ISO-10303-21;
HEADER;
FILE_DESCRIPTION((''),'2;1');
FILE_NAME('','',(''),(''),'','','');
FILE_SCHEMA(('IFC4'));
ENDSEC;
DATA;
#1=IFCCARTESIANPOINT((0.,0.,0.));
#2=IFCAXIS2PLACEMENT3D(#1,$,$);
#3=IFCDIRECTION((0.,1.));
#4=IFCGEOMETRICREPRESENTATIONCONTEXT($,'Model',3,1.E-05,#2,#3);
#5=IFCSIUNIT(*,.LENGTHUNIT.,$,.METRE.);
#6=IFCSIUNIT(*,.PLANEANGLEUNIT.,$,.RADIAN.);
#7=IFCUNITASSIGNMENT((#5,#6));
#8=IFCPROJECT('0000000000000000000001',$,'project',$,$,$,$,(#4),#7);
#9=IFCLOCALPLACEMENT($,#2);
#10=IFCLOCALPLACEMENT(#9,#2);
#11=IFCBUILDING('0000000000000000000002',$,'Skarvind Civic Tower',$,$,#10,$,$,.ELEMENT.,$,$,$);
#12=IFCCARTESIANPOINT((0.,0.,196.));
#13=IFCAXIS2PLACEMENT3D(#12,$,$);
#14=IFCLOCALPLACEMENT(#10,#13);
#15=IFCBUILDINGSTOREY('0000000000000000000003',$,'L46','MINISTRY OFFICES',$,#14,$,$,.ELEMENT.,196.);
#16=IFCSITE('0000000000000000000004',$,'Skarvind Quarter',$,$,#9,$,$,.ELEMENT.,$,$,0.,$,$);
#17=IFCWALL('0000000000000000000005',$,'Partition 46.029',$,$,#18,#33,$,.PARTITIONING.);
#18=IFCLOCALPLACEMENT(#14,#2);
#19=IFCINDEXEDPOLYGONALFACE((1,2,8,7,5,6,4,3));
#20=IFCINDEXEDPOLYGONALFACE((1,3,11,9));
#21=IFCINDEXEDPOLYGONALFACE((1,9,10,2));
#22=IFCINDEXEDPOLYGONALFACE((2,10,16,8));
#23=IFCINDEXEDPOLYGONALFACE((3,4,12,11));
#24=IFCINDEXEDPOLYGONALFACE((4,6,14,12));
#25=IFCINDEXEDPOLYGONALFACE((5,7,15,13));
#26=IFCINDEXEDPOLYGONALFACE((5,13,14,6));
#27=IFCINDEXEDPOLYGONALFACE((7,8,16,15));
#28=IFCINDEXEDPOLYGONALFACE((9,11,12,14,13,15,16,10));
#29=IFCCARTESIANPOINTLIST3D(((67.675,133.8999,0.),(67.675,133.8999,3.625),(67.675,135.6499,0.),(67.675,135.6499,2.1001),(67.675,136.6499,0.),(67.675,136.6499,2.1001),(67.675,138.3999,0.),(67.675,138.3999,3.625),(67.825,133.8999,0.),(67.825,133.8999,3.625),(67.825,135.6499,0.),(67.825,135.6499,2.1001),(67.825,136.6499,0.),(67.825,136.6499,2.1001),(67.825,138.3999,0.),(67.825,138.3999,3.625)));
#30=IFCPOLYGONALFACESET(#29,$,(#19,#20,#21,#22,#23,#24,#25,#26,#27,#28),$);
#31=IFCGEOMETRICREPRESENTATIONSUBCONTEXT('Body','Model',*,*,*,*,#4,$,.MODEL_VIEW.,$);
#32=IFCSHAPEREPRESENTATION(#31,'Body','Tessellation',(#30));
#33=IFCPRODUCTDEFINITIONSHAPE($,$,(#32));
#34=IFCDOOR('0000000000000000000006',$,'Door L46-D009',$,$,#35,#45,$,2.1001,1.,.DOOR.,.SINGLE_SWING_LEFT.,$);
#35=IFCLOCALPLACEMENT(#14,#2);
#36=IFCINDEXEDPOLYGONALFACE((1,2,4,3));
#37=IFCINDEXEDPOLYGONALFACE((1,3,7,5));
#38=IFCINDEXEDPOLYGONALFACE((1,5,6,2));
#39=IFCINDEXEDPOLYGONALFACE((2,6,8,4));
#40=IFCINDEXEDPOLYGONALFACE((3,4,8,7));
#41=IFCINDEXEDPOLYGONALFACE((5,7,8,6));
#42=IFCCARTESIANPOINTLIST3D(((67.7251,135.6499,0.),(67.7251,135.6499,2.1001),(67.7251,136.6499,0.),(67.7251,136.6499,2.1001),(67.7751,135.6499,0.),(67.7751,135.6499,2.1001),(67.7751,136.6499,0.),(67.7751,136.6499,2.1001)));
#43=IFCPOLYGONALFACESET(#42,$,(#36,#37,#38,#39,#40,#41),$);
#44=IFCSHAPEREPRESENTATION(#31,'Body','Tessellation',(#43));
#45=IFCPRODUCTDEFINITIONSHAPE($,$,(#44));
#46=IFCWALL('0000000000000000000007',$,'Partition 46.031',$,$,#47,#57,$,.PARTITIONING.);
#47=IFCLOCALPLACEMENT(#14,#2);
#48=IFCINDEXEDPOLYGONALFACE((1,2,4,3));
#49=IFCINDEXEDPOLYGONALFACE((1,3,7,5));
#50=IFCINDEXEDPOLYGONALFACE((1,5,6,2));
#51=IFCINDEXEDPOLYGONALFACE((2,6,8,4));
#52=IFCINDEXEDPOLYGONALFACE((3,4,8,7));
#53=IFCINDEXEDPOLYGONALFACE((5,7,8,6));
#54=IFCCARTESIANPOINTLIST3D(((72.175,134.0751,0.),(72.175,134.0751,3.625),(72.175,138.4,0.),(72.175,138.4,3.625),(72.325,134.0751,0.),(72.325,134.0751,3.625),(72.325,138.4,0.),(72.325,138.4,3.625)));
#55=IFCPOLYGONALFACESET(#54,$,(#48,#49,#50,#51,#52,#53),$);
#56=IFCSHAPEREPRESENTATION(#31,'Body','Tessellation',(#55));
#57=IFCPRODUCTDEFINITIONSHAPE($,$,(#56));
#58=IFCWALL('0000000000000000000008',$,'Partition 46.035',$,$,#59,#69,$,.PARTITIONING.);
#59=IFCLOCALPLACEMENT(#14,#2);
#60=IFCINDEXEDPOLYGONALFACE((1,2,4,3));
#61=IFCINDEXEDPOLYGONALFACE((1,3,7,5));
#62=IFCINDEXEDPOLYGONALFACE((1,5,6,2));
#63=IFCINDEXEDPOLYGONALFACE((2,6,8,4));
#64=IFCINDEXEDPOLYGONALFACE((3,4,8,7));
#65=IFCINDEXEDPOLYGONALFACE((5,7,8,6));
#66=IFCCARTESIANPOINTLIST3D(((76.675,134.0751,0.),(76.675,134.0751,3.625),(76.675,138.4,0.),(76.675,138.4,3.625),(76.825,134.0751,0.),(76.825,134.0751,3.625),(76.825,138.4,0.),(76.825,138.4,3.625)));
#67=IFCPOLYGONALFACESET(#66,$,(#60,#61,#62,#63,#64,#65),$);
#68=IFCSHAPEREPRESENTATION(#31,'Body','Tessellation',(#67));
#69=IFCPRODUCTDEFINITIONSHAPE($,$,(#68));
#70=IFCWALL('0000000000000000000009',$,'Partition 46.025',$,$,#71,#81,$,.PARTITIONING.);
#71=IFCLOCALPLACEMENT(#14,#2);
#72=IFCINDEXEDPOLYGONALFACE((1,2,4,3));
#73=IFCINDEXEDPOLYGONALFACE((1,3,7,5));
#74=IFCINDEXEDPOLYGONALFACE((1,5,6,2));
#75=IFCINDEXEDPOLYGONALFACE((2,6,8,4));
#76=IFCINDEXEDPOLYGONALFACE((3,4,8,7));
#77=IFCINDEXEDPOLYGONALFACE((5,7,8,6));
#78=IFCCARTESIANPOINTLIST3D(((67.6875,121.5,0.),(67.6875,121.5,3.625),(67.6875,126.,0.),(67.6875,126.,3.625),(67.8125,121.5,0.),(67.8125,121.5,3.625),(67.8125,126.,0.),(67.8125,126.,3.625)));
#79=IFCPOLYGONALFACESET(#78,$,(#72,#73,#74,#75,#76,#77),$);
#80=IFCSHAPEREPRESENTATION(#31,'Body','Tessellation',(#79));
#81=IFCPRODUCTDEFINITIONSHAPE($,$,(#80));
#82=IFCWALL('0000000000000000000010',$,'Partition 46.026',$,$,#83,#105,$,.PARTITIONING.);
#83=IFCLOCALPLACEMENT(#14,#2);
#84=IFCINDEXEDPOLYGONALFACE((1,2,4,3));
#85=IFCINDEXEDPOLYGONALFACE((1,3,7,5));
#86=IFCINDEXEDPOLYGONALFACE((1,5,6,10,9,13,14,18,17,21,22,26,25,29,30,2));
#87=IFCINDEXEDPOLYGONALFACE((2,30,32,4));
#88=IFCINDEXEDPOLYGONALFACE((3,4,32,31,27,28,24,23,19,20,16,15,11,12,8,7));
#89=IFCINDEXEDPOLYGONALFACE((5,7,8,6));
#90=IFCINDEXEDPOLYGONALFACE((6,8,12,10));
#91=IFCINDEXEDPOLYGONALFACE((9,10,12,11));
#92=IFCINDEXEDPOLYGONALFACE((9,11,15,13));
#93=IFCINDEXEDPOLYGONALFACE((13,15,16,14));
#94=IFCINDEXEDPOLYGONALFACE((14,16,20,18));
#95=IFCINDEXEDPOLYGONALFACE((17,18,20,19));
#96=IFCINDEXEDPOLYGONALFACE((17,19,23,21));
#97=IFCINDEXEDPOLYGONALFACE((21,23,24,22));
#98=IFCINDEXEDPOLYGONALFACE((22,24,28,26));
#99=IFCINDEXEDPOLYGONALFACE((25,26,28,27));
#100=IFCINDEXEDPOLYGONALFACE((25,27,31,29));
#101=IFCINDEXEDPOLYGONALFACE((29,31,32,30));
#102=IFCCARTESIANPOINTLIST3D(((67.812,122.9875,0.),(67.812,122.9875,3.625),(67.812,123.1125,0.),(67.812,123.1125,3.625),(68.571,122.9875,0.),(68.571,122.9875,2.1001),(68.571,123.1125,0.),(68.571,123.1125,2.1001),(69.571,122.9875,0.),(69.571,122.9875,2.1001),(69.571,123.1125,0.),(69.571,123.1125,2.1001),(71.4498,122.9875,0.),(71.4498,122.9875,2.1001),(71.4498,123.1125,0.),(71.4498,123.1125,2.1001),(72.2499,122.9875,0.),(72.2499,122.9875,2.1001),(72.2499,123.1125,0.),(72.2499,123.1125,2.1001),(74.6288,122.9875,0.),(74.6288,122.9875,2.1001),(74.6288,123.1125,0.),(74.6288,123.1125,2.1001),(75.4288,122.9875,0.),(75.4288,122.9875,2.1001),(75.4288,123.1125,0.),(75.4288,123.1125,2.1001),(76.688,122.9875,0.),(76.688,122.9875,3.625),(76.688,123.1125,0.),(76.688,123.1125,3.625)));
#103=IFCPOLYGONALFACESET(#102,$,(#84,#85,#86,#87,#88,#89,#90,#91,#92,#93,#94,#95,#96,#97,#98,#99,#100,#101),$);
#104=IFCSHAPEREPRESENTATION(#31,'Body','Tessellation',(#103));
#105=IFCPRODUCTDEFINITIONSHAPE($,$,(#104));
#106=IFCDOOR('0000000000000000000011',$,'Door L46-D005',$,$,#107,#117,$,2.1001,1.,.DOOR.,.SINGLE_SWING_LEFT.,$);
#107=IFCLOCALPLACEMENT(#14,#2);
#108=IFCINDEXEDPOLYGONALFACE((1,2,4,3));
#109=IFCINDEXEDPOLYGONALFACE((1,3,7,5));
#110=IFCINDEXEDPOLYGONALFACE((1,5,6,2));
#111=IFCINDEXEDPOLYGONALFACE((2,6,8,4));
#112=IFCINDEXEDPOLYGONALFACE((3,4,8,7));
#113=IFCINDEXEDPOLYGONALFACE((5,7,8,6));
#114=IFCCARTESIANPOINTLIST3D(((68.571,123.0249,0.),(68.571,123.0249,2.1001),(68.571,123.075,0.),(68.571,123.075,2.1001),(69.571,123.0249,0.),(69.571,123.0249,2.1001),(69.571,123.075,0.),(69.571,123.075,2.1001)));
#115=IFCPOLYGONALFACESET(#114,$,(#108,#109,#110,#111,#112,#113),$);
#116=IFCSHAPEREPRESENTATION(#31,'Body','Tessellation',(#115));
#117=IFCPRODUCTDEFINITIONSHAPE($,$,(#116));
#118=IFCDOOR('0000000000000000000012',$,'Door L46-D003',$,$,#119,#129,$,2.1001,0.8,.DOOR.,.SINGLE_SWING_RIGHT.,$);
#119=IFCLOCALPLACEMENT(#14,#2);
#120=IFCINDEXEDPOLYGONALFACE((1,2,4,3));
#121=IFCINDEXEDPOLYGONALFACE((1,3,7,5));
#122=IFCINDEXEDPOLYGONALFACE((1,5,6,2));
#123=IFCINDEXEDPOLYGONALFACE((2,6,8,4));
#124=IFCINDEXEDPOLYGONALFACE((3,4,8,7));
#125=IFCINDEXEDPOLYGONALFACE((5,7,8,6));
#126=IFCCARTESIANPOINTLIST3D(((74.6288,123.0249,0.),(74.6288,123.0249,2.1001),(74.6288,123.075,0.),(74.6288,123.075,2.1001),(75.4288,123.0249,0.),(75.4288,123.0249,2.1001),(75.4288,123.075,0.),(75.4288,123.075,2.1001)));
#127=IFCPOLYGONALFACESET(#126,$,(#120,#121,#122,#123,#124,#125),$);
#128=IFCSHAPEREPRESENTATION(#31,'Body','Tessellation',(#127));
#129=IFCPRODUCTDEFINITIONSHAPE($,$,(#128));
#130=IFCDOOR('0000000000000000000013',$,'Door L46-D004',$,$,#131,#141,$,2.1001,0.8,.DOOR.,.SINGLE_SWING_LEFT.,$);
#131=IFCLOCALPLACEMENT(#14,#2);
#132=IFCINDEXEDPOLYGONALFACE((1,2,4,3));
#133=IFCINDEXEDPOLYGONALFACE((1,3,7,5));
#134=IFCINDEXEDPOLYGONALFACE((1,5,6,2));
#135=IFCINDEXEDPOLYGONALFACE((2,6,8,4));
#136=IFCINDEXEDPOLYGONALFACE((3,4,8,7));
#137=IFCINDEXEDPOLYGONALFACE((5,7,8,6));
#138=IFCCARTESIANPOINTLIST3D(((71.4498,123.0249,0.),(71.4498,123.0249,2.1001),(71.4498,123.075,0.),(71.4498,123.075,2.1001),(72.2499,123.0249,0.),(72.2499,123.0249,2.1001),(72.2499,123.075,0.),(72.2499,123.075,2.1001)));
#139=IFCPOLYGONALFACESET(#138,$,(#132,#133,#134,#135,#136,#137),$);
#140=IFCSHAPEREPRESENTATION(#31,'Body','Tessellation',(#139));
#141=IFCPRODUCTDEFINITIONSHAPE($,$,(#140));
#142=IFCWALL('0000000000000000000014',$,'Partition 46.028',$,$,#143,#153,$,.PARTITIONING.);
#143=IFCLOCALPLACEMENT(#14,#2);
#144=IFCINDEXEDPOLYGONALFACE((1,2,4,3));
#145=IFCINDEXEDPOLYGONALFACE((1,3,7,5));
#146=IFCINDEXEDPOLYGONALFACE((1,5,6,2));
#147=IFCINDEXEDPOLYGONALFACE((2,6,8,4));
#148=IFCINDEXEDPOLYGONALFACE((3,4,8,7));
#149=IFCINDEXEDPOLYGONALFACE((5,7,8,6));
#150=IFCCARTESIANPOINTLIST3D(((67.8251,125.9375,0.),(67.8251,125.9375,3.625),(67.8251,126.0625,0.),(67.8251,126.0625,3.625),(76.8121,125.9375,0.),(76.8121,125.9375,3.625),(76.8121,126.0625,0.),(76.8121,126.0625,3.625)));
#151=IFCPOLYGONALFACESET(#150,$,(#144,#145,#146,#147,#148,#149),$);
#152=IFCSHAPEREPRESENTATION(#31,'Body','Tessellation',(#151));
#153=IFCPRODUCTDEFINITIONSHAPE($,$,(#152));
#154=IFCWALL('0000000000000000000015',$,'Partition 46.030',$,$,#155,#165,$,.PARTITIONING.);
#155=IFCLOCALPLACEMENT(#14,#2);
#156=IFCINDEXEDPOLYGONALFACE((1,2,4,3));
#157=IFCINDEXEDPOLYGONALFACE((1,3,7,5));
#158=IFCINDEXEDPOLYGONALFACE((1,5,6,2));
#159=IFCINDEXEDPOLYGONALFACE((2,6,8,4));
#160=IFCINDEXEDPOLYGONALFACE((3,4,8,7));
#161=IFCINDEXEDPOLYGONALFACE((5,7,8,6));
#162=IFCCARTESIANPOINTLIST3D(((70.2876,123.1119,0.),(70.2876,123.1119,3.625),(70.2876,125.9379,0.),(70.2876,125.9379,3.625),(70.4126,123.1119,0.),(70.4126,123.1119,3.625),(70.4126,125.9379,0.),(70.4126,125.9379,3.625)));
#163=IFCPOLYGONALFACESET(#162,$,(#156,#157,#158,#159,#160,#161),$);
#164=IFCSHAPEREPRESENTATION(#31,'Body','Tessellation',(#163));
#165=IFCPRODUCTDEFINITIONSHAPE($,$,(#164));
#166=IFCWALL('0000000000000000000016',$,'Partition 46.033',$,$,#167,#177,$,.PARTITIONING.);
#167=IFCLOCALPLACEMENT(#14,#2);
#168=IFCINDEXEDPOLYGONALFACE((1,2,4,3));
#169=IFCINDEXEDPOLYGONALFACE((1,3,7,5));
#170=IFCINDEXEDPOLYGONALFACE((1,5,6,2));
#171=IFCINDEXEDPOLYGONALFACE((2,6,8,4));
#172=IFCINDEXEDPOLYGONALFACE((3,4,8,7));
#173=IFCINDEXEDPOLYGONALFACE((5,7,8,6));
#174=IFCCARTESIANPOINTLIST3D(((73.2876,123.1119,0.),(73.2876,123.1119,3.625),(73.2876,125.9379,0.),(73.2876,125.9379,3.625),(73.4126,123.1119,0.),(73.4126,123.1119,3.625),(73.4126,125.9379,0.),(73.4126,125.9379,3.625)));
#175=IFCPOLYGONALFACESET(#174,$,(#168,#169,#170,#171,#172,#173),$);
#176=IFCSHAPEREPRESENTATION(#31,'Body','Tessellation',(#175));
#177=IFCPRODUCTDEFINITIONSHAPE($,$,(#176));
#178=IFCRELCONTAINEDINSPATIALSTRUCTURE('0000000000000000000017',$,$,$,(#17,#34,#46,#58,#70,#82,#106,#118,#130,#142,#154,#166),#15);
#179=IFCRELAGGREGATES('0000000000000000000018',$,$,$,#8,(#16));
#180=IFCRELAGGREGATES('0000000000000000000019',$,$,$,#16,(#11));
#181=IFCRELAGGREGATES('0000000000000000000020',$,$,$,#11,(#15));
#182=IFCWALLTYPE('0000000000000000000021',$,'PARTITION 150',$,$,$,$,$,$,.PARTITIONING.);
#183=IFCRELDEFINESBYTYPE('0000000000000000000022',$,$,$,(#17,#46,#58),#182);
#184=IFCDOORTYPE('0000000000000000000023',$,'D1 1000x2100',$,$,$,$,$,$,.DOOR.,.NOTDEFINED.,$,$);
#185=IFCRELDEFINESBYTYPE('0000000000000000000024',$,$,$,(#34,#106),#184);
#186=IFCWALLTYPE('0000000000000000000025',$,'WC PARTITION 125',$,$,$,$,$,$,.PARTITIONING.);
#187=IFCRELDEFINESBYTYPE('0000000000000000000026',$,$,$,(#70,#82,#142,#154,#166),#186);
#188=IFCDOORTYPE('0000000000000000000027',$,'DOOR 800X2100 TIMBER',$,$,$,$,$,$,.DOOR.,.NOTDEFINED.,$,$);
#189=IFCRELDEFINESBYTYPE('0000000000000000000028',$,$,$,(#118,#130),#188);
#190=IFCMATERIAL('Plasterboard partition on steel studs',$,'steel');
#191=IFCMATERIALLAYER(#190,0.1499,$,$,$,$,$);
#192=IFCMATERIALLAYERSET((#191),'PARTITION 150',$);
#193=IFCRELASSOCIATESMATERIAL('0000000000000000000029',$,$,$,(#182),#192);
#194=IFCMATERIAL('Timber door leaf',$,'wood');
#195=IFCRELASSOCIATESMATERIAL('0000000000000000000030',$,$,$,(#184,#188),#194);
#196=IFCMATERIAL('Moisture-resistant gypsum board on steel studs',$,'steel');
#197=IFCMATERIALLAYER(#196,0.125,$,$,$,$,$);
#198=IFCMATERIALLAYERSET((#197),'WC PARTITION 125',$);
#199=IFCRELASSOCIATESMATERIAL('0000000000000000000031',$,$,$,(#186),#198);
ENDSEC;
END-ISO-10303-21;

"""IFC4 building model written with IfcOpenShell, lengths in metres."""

from ifc_helpers import new_model, si_unit, direction, frame, frame_2d, origin, place, context, subcontext, project, spatial, rectangle, extrude, material, layer, layer_set, type_object, element, fill, save


model = new_model("IFC4")

# Units and contexts
model_context = context("Model", 3, precision=1e-05, world=origin(), true_north=direction((0.0, 1.0)))
body_context = subcontext(model_context, "Body", "Model", "MODEL_VIEW")
ifc_project = project(units=[si_unit("LENGTHUNIT", "METRE"), si_unit("PLANEANGLEUNIT", "RADIAN")], contexts=[model_context])

# Site, building, storey
site_placement = place(None, origin())
site = spatial("IfcSite", under=ifc_project, at=site_placement, Name="Skarvind Quarter", CompositionType="ELEMENT", RefElevation=0.0)
building_placement = place(site_placement, origin())
building = spatial("IfcBuilding", under=site, at=building_placement, Name="Skarvind Civic Tower", CompositionType="ELEMENT")
storey_placement = place(building_placement, frame((0.0, 0.0, 196.0)))
storey = spatial("IfcBuildingStorey", under=building, at=storey_placement, Name="L46", Description="MINISTRY OFFICES", CompositionType="ELEMENT", Elevation=196.0)

# Shared definitions
ifc_material_1 = material(Name="Plasterboard partition on steel studs", Category="steel")
ifc_layer_1 = layer(ifc_material_1, 0.1499)
ifc_layer_set_1 = layer_set([ifc_layer_1], Name="PARTITION 150")
wall_type_1 = type_object("IfcWallType", Name="PARTITION 150", PredefinedType="PARTITIONING", material=ifc_layer_set_1)

# Wall, opening, door
wall_1_placement = place(storey_placement, frame((67.75, 133.8999, 0.0), z_axis=(0.0, 0.0, 1.0), x_axis=(0.0, 1.0, 0.0)))
wall_1 = element("IfcWall", 1, at=wall_1_placement, inside=storey, type_object=wall_type_1, Name="Partition 46.029", PredefinedType="PARTITIONING", context=body_context, shape_type="SweptSolid", body=[
    extrude(rectangle(XDim=4.5, YDim=0.1499, at=frame_2d((2.25, 0.0))), origin(), (0.0, 0.0, 1.0), 3.625),
])
opening_1_placement = place(wall_1_placement, frame((1.75, 0.0, 0.0)))
opening_1 = element("IfcOpeningElement", 2, at=opening_1_placement, cuts=wall_1, PredefinedType="OPENING", context=body_context, shape_type="SweptSolid", body=[
    extrude(rectangle(XDim=1.0, YDim=2.1001, at=frame_2d((0.5, 1.05))), frame((0.0, 0.085, 0.0), z_axis=(0.0, -1.0, 0.0), x_axis=(1.0, 0.0, 0.0)), (0.0, 0.0, 1.0), 0.1699),
])
ifc_material_2 = material(Name="Timber door leaf", Category="wood")
door_type_1 = type_object("IfcDoorType", Name="D1 1000x2100", OperationType="NOTDEFINED", PredefinedType="DOOR", material=ifc_material_2)
door_1_placement = place(opening_1_placement, origin())
door_1 = element("IfcDoor", 3, at=door_1_placement, inside=storey, type_object=door_type_1, Name="Door L46-D009", OperationType="SINGLE_SWING_LEFT", OverallHeight=2.1001, OverallWidth=1.0, PredefinedType="DOOR", context=body_context, shape_type="SweptSolid", body=[
    extrude(rectangle(XDim=1.0, YDim=2.1001, at=frame_2d((0.5, 1.05))), frame((0.0, 0.0249, 0.0), z_axis=(0.0, -1.0, 0.0), x_axis=(1.0, 0.0, 0.0)), (0.0, 0.0, 1.0), 0.05),
])
fill(opening_1, door_1)

# Walls
for number, where, z_axis, x_axis, name in (
    (4, (72.25, 134.075, 0.0), (0.0, 0.0, 1.0), (0.0, 1.0, 0.0), "Partition 46.031"),
    (5, (76.75, 134.075, 0.0), (0.0, 0.0, 1.0), (0.0, 1.0, 0.0), "Partition 46.035"),
):
    element("IfcWall", number, at=place(storey_placement, frame(where, z_axis=z_axis, x_axis=x_axis)), inside=storey, type_object=wall_type_1, Name=name, PredefinedType="PARTITIONING", context=body_context, shape_type="SweptSolid", body=[
        extrude(rectangle(XDim=4.325, YDim=0.1499, at=frame_2d((2.1626, 0.0))), origin(), (0.0, 0.0, 1.0), 3.625),
    ])
ifc_material_3 = material(Name="Moisture-resistant gypsum board on steel studs", Category="steel")
ifc_layer_2 = layer(ifc_material_3, 0.125)
ifc_layer_set_2 = layer_set([ifc_layer_2], Name="WC PARTITION 125")
wall_type_2 = type_object("IfcWallType", Name="WC PARTITION 125", PredefinedType="PARTITIONING", material=ifc_layer_set_2)
wall_2_placement = place(storey_placement, frame((67.75, 121.5, 0.0), z_axis=(0.0, 0.0, 1.0), x_axis=(0.0, 1.0, 0.0)))
element("IfcWall", 6, at=wall_2_placement, inside=storey, type_object=wall_type_2, Name="Partition 46.025", PredefinedType="PARTITIONING", context=body_context, shape_type="SweptSolid", body=[
    extrude(rectangle(XDim=4.5, YDim=0.125, at=frame_2d((2.25, 0.0))), origin(), (0.0, 0.0, 1.0), 3.625),
])

# Wall, openings, doors
wall_3_placement = place(storey_placement, frame((67.812, 123.05, 0.0), z_axis=(0.0, 0.0, 1.0), x_axis=(1.0, 0.0, 0.0)))
wall_3 = element("IfcWall", 7, at=wall_3_placement, inside=storey, type_object=wall_type_2, Name="Partition 46.026", PredefinedType="PARTITIONING", context=body_context, shape_type="SweptSolid", body=[
    extrude(rectangle(XDim=8.876, YDim=0.125, at=frame_2d((4.438, 0.0))), origin(), (0.0, 0.0, 1.0), 3.625),
])
opening_2_placement = place(wall_3_placement, frame((6.8169, 0.0, 0.0)))
opening_2 = element("IfcOpeningElement", 8, at=opening_2_placement, cuts=wall_3, PredefinedType="OPENING", context=body_context, shape_type="SweptSolid", body=[
    extrude(rectangle(XDim=0.8, YDim=2.1001, at=frame_2d((0.3999, 1.05))), frame((0.0, 0.0725, 0.0), z_axis=(0.0, -1.0, 0.0), x_axis=(1.0, 0.0, 0.0)), (0.0, 0.0, 1.0), 0.145),
])
opening_3_placement = place(wall_3_placement, frame((3.6379, 0.0, 0.0)))
opening_3 = element("IfcOpeningElement", 9, at=opening_3_placement, cuts=wall_3, PredefinedType="OPENING", context=body_context, shape_type="SweptSolid", body=[
    extrude(rectangle(XDim=0.8, YDim=2.1001, at=frame_2d((0.3999, 1.05))), frame((0.0, 0.0725, 0.0), z_axis=(0.0, -1.0, 0.0), x_axis=(1.0, 0.0, 0.0)), (0.0, 0.0, 1.0), 0.145),
])
opening_4_placement = place(wall_3_placement, frame((0.759, 0.0, 0.0)))
opening_4 = element("IfcOpeningElement", 10, at=opening_4_placement, cuts=wall_3, PredefinedType="OPENING", context=body_context, shape_type="SweptSolid", body=[
    extrude(rectangle(XDim=1.0, YDim=2.1001, at=frame_2d((0.5, 1.05))), frame((0.0, 0.0725, 0.0), z_axis=(0.0, -1.0, 0.0), x_axis=(1.0, 0.0, 0.0)), (0.0, 0.0, 1.0), 0.145),
])
door_2_placement = place(opening_4_placement, origin())
door_2 = element("IfcDoor", 11, at=door_2_placement, inside=storey, type_object=door_type_1, Name="Door L46-D005", OperationType="SINGLE_SWING_LEFT", OverallHeight=2.1001, OverallWidth=1.0, PredefinedType="DOOR", context=body_context, shape_type="SweptSolid", body=[
    extrude(rectangle(XDim=1.0, YDim=2.1001, at=frame_2d((0.5, 1.05))), frame((0.0, 0.0249, 0.0), z_axis=(0.0, -1.0, 0.0), x_axis=(1.0, 0.0, 0.0)), (0.0, 0.0, 1.0), 0.05),
])
fill(opening_4, door_2)
door_type_2 = type_object("IfcDoorType", Name="DOOR 800X2100 TIMBER", OperationType="NOTDEFINED", PredefinedType="DOOR", material=ifc_material_2)
door_3_placement = place(opening_2_placement, origin())
door_3 = element("IfcDoor", 12, at=door_3_placement, inside=storey, type_object=door_type_2, Name="Door L46-D003", OperationType="SINGLE_SWING_RIGHT", OverallHeight=2.1001, OverallWidth=0.8, PredefinedType="DOOR", context=body_context, shape_type="SweptSolid", body=[
    extrude(rectangle(XDim=0.8, YDim=2.1001, at=frame_2d((0.3999, 1.05))), frame((0.0, 0.0249, 0.0), z_axis=(0.0, -1.0, 0.0), x_axis=(1.0, 0.0, 0.0)), (0.0, 0.0, 1.0), 0.05),
])
fill(opening_2, door_3)
door_4_placement = place(opening_3_placement, origin())
door_4 = element("IfcDoor", 13, at=door_4_placement, inside=storey, type_object=door_type_2, Name="Door L46-D004", OperationType="SINGLE_SWING_LEFT", OverallHeight=2.1001, OverallWidth=0.8, PredefinedType="DOOR", context=body_context, shape_type="SweptSolid", body=[
    extrude(rectangle(XDim=0.8, YDim=2.1001, at=frame_2d((0.3999, 1.05))), frame((0.0, 0.0249, 0.0), z_axis=(0.0, -1.0, 0.0), x_axis=(1.0, 0.0, 0.0)), (0.0, 0.0, 1.0), 0.05),
])
fill(opening_3, door_4)

# Walls
wall_4_placement = place(storey_placement, frame((67.825, 126.0, 0.0), z_axis=(0.0, 0.0, 1.0), x_axis=(1.0, 0.0, 0.0)))
element("IfcWall", 14, at=wall_4_placement, inside=storey, type_object=wall_type_2, Name="Partition 46.028", PredefinedType="PARTITIONING", context=body_context, shape_type="SweptSolid", body=[
    extrude(rectangle(XDim=8.9871, YDim=0.125, at=frame_2d((4.4937, 0.0))), origin(), (0.0, 0.0, 1.0), 3.625),
])
for number, where, z_axis, x_axis, name in (
    (15, (70.3501, 125.938, 0.0), (0.0, 0.0, 1.0), (0.0, -1.0, 0.0), "Partition 46.030"),
    (16, (73.3501, 125.938, 0.0), (0.0, 0.0, 1.0), (0.0, -1.0, 0.0), "Partition 46.033"),
):
    element("IfcWall", number, at=place(storey_placement, frame(where, z_axis=z_axis, x_axis=x_axis)), inside=storey, type_object=wall_type_2, Name=name, PredefinedType="PARTITIONING", context=body_context, shape_type="SweptSolid", body=[
        extrude(rectangle(XDim=2.8259, YDim=0.125, at=frame_2d((1.4131, 0.0))), origin(), (0.0, 0.0, 1.0), 3.625),
    ])

save(model, "model.ifc")
